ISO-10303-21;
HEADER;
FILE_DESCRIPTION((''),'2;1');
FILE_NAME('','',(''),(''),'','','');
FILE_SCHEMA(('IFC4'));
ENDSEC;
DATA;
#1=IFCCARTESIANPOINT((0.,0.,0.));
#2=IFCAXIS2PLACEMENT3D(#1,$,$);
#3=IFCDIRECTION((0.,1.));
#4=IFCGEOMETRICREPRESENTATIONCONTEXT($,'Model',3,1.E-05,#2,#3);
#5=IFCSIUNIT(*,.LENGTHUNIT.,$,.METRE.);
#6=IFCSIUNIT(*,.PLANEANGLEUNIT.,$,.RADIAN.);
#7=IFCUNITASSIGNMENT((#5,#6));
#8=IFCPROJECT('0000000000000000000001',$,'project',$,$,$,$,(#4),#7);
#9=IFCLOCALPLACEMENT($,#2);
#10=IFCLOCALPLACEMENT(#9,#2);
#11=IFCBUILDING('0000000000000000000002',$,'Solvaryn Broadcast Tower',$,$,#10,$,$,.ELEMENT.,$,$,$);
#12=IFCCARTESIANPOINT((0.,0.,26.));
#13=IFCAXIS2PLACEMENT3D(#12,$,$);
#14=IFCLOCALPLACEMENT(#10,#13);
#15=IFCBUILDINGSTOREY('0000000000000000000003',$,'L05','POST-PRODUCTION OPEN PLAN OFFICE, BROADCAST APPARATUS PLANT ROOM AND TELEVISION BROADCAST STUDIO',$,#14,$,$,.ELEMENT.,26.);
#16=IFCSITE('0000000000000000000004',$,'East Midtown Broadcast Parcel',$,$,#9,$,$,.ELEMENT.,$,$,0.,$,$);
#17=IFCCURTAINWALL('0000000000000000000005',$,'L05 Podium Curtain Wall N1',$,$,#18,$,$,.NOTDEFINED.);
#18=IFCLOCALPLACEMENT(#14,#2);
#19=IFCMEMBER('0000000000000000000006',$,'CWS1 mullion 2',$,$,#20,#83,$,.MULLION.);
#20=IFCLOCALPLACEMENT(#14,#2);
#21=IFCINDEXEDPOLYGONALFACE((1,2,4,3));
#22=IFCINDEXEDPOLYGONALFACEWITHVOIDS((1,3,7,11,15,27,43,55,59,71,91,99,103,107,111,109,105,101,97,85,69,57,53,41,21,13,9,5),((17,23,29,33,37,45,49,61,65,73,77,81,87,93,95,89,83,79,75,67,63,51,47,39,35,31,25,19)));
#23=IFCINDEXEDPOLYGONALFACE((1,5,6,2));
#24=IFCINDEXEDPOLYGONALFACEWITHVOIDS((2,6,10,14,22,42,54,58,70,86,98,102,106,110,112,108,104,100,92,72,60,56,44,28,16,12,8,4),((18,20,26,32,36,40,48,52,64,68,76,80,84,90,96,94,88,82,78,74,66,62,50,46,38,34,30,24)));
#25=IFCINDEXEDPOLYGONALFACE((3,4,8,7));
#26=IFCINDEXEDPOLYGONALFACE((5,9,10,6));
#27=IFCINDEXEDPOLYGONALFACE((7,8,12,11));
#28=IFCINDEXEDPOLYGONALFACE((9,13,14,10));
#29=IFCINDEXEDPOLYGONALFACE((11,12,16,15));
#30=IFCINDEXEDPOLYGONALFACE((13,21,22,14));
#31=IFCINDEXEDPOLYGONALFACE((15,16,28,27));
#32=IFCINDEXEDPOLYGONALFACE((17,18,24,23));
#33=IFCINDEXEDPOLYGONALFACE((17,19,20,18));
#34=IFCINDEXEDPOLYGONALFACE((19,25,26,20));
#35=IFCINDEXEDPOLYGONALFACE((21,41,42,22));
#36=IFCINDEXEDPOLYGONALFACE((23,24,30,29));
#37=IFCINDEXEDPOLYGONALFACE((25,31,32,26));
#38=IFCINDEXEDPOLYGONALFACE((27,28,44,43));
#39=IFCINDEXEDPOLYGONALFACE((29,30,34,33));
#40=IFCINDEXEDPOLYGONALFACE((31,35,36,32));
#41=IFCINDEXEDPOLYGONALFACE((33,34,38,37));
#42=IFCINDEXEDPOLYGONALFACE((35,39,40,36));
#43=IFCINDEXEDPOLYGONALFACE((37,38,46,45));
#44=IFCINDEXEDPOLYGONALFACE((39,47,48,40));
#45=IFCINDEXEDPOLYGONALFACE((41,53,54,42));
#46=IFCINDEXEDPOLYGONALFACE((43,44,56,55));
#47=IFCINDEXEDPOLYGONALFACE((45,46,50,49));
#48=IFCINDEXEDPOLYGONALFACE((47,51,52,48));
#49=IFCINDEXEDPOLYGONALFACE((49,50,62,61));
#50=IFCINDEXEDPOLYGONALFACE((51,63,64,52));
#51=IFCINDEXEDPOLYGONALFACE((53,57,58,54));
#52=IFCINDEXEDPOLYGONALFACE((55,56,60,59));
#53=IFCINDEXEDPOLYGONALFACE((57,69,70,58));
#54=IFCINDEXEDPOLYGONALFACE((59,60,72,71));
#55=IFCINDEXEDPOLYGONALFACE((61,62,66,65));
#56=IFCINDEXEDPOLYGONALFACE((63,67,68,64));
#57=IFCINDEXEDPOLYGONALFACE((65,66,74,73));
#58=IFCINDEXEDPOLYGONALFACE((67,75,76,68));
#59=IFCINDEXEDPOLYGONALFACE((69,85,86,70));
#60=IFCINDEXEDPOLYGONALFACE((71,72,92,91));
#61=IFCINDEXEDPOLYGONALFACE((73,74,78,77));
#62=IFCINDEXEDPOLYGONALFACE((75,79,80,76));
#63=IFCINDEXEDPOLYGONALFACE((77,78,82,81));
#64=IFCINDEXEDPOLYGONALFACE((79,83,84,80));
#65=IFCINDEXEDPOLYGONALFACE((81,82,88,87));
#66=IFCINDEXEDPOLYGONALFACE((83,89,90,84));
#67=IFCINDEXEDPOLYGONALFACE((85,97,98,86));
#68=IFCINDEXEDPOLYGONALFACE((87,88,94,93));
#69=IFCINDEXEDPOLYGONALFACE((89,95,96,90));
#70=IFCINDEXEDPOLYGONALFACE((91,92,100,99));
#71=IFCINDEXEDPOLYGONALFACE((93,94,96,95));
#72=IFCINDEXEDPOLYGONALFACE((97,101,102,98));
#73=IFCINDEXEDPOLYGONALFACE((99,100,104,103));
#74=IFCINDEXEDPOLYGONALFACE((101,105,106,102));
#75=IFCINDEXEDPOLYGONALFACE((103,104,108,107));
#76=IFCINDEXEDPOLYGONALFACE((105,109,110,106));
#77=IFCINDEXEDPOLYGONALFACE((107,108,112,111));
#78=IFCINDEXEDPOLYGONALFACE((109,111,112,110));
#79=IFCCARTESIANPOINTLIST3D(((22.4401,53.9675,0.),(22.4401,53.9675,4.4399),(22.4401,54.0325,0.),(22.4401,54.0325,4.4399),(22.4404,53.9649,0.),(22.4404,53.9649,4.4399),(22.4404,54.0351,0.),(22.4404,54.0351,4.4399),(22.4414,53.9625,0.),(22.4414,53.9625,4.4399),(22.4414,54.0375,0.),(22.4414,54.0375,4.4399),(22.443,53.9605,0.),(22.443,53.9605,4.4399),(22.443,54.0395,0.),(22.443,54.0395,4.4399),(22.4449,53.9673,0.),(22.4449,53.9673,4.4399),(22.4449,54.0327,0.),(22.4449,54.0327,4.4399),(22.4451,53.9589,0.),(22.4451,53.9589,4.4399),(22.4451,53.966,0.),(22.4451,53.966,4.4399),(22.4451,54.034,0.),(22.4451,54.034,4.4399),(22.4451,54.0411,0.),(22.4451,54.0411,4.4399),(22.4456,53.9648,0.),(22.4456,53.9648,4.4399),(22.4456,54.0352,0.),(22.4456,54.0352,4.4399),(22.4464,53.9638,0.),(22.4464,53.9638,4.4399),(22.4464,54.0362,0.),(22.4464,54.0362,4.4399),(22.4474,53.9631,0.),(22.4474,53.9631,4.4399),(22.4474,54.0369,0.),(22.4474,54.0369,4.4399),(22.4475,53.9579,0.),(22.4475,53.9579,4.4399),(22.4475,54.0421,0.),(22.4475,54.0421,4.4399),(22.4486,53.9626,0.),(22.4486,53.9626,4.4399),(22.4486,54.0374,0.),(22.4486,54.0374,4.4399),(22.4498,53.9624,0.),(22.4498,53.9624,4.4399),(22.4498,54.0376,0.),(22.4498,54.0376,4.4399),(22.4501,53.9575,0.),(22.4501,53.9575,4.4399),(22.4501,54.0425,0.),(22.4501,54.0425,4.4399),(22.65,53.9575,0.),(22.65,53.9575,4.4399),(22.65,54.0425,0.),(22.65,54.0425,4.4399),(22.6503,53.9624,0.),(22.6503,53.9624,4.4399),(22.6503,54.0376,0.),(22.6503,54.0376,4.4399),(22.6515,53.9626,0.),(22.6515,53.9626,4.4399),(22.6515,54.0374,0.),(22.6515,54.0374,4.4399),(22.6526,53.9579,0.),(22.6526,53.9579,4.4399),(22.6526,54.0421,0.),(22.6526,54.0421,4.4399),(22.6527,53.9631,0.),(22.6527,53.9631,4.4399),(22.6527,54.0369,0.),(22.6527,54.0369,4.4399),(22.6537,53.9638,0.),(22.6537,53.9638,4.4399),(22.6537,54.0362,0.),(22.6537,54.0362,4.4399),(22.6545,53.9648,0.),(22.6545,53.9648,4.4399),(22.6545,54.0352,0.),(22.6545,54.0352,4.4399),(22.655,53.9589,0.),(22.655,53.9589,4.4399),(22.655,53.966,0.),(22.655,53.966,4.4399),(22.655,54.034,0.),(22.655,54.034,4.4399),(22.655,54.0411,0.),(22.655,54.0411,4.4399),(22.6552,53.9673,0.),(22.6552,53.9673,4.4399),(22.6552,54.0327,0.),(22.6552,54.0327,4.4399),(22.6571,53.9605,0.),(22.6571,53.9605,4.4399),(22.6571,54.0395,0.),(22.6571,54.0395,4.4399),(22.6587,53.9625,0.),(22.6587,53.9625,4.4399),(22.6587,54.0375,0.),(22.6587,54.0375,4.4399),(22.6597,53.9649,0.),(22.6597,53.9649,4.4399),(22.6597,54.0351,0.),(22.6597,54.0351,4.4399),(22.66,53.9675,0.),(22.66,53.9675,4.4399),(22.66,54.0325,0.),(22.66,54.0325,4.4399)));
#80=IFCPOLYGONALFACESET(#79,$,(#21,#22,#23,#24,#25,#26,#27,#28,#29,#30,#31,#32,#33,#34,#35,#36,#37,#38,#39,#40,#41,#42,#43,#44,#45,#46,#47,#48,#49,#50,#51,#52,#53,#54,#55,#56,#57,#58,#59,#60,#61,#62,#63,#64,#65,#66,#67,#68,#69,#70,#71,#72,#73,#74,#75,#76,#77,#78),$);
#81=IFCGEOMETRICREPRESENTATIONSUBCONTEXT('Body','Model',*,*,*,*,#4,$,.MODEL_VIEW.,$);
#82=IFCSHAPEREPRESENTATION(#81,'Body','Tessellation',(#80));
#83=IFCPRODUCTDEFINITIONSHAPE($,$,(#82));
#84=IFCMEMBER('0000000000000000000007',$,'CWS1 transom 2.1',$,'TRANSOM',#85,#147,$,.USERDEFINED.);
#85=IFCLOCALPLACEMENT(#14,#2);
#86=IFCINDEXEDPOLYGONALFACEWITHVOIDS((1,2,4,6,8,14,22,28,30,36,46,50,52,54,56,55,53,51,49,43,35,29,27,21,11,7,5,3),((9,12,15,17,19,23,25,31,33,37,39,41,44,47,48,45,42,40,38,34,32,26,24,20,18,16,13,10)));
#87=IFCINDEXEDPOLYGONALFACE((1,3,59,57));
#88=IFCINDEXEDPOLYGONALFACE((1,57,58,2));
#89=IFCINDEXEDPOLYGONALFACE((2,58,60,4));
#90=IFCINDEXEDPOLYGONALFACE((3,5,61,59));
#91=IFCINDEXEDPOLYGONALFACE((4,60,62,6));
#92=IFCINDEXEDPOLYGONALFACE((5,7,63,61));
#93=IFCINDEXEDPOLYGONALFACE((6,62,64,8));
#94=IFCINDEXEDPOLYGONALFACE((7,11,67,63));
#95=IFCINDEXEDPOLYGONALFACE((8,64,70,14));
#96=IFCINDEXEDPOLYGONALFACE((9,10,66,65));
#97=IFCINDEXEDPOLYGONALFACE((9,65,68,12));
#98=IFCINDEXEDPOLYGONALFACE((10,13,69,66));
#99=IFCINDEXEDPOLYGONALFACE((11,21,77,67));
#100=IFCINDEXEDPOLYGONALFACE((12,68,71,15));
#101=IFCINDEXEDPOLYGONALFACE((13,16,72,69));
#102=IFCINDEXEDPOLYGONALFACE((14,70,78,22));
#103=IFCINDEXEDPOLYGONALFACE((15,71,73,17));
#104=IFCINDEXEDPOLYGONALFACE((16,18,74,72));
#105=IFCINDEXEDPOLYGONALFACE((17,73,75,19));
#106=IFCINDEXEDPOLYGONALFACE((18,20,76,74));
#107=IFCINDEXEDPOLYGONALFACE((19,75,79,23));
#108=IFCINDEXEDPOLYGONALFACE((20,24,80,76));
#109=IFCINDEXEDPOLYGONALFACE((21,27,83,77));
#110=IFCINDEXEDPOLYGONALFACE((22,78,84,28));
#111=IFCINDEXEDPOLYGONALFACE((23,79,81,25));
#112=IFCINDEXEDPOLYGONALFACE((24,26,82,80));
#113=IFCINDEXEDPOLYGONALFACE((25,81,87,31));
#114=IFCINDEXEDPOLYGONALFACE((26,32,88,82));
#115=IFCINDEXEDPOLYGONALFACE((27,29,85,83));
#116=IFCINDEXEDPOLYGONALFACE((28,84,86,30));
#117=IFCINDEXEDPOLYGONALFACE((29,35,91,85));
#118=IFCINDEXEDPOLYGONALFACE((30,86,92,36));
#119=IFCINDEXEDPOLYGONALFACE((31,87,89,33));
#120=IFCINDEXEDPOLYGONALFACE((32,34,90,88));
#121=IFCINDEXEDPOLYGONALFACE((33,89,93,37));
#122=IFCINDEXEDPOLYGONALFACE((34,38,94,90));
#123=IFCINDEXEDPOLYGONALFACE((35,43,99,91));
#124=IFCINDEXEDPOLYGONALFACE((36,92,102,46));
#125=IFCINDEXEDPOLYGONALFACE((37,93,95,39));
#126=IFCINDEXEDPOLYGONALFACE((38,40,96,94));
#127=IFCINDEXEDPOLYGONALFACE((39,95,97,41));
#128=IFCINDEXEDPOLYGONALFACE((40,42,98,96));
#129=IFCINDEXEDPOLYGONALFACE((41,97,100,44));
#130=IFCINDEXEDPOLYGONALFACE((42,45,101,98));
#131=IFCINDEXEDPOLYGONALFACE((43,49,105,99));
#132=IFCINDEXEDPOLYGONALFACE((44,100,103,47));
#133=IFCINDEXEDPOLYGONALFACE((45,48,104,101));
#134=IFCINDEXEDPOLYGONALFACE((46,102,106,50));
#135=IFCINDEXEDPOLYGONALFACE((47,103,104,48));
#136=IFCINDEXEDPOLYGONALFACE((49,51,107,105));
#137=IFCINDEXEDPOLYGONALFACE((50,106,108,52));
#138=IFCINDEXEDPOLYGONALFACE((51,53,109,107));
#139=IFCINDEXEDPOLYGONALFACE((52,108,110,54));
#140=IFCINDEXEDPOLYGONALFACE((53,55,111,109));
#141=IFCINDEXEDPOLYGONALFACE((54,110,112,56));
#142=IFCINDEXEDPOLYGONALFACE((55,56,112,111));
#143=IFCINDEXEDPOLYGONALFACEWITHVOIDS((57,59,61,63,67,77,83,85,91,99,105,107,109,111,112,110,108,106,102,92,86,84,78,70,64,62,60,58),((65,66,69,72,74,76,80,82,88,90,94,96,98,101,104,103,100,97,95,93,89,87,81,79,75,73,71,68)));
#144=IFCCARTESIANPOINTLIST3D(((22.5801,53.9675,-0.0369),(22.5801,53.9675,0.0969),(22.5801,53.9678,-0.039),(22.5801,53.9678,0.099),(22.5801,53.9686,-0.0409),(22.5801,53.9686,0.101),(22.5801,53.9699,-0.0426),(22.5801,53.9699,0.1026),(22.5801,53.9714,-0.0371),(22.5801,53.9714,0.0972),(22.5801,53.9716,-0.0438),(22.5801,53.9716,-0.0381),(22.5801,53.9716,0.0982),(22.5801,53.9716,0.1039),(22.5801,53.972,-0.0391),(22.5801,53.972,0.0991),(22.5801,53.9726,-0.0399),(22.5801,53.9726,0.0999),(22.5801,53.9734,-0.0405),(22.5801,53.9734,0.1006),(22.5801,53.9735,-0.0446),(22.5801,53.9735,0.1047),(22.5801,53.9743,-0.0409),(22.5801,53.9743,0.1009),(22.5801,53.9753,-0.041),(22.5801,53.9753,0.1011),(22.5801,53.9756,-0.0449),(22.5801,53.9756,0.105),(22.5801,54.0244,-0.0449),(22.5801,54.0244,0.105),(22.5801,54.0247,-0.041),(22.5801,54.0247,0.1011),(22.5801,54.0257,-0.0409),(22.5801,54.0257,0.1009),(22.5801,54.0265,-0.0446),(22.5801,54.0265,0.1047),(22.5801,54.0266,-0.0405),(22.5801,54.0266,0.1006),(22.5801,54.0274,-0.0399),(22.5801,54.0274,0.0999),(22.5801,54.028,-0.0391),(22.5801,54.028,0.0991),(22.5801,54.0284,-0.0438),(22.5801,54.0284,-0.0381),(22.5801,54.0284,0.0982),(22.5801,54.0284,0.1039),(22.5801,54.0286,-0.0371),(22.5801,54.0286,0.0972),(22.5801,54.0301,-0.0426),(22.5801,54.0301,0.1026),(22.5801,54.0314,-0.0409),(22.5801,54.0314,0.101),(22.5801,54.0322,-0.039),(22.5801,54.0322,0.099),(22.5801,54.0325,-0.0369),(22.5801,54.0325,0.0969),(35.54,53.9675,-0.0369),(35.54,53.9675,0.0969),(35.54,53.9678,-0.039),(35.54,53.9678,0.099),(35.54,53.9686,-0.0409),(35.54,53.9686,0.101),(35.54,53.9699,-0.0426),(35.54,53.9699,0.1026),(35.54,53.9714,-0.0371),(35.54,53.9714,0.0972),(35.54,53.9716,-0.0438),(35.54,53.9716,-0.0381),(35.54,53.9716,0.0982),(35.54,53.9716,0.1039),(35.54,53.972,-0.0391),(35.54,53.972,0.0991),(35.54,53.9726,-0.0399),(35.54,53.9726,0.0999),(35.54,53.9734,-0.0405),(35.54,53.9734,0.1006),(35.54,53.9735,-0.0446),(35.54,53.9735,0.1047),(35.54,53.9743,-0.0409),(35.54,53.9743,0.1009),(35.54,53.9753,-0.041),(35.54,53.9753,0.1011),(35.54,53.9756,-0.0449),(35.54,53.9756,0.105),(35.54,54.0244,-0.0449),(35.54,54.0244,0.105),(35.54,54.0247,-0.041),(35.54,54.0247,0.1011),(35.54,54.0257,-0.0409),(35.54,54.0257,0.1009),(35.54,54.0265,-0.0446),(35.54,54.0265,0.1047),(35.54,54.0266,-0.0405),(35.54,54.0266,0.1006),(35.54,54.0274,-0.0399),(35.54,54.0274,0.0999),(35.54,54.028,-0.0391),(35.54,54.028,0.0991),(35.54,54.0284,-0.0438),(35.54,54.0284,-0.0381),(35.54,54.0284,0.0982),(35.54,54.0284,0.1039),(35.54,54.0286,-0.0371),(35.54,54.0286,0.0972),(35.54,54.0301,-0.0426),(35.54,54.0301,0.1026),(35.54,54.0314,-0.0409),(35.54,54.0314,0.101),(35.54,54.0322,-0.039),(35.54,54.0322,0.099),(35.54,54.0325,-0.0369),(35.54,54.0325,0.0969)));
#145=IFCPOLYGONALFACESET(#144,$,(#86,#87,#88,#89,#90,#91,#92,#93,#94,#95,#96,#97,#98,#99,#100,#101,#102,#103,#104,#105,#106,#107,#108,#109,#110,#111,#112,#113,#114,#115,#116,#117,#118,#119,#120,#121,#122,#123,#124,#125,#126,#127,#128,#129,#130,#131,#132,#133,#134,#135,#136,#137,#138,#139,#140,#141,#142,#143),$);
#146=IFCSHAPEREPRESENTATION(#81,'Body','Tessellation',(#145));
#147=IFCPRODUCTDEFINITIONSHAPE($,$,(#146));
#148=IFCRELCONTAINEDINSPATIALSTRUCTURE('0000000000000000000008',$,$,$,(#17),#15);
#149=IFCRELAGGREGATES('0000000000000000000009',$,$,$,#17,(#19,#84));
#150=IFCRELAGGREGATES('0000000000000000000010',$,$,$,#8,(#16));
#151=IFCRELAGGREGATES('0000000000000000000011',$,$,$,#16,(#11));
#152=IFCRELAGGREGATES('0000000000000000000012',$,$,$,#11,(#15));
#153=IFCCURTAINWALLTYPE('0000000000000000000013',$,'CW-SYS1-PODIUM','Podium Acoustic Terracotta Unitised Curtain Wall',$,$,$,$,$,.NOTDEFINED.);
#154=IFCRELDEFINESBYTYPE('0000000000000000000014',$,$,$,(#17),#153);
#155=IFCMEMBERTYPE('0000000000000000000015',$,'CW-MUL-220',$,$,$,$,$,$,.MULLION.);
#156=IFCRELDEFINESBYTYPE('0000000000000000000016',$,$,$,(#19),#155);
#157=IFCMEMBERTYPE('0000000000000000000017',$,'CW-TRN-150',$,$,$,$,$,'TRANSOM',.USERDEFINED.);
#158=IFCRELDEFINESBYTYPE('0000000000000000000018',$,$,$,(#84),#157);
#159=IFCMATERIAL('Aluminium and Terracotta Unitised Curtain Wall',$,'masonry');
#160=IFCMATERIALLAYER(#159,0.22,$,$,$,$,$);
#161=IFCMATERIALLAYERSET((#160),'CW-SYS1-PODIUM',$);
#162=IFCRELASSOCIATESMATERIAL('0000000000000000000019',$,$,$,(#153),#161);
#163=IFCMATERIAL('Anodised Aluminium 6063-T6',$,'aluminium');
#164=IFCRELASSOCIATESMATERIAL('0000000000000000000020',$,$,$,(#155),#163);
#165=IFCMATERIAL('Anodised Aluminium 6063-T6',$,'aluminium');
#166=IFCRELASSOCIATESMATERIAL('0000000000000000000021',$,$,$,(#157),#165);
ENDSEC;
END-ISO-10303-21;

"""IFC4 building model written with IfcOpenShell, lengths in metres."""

from ifc_helpers import new_model, si_unit, direction, frame, origin, origin_2d, place, context, subcontext, project, spatial, hollow_rectangle, extrude, material, layer, layer_set, material_profile, profile_set, type_object, element, aggregate, save


model = new_model("IFC4")

# Units and contexts
model_context = context("Model", 3, precision=1e-05, world=origin(), true_north=direction((0.0, 1.0)))
body_context = subcontext(model_context, "Body", "Model", "MODEL_VIEW")
ifc_project = project(units=[si_unit("LENGTHUNIT", "METRE"), si_unit("PLANEANGLEUNIT", "RADIAN")], contexts=[model_context])

# Site, building, storey
site_placement = place(None, origin())
site = spatial("IfcSite", under=ifc_project, at=site_placement, Name="East Midtown Broadcast Parcel", CompositionType="ELEMENT", RefElevation=0.0)
building_placement = place(site_placement, origin())
building = spatial("IfcBuilding", under=site, at=building_placement, Name="Solvaryn Broadcast Tower", CompositionType="ELEMENT")
storey_placement = place(building_placement, frame((0.0, 0.0, 26.0)))
storey = spatial("IfcBuildingStorey", under=building, at=storey_placement, Name="L05", Description="POST-PRODUCTION OPEN PLAN OFFICE, BROADCAST APPARATUS PLANT ROOM AND TELEVISION BROADCAST STUDIO", CompositionType="ELEMENT", Elevation=26.0)

# Curtain wall, members
ifc_material_1 = material(Name="Aluminium and Terracotta Unitised Curtain Wall", Category="masonry")
ifc_layer_1 = layer(ifc_material_1, 0.22)
ifc_layer_set_1 = layer_set([ifc_layer_1], Name="CW-SYS1-PODIUM")
curtain_wall_type = type_object("IfcCurtainWallType", Name="CW-SYS1-PODIUM", Description="Podium Acoustic Terracotta Unitised Curtain Wall", PredefinedType="NOTDEFINED", material=ifc_layer_set_1)
curtain_wall_placement = place(storey_placement, origin())
curtain_wall = element("IfcCurtainWall", 1, at=curtain_wall_placement, inside=storey, type_object=curtain_wall_type, Name="L05 Podium Curtain Wall N1", PredefinedType="NOTDEFINED")
ifc_material_2 = material(Name="Anodised Aluminium 6063-T6", Category="aluminium")
ifc_material_profile_1 = material_profile(ifc_material_2, hollow_rectangle(XDim=0.085, YDim=0.22, WallThickness=0.0049, InnerFilletRadius=0.0049, OuterFilletRadius=0.01, at=origin_2d()))
ifc_profile_set_1 = profile_set([ifc_material_profile_1], Name="Anodised Aluminium 6063-T6")
member_type_1 = type_object("IfcMemberType", Name="CW-MUL-220", PredefinedType="MULLION", material=ifc_profile_set_1)
member_1_placement = place(storey_placement, frame((22.55, 54.0, 0.0), z_axis=(0.0, 0.0, 1.0), x_axis=(0.0, 1.0, 0.0)))
member_1 = element("IfcMember", 2, at=member_1_placement, type_object=member_type_1, Name="CWS1 mullion 2", PredefinedType="MULLION", context=body_context, shape_type="SweptSolid", body=[
    extrude(hollow_rectangle(XDim=0.085, YDim=0.22, WallThickness=0.0049, InnerFilletRadius=0.0049, OuterFilletRadius=0.01, at=origin_2d()), origin(), (0.0, 0.0, 1.0), 4.4399),
])
ifc_material_3 = material(Name="Anodised Aluminium 6063-T6", Category="aluminium")
ifc_material_profile_2 = material_profile(ifc_material_3, hollow_rectangle(XDim=0.0649, YDim=0.1499, WallThickness=0.0039, InnerFilletRadius=0.0039, OuterFilletRadius=0.0081, at=origin_2d()))
ifc_profile_set_2 = profile_set([ifc_material_profile_2], Name="Anodised Aluminium 6063-T6")
member_type_2 = type_object("IfcMemberType", Name="CW-TRN-150", ElementType="TRANSOM", PredefinedType="USERDEFINED", material=ifc_profile_set_2)
member_2_placement = place(storey_placement, frame((22.5801, 54.0, 0.03), z_axis=(1.0, 0.0, 0.0), x_axis=(0.0, 1.0, 0.0)))
member_2 = element("IfcMember", 3, at=member_2_placement, type_object=member_type_2, Name="CWS1 transom 2.1", ObjectType="TRANSOM", PredefinedType="USERDEFINED", context=body_context, shape_type="SweptSolid", body=[
    extrude(hollow_rectangle(XDim=0.0649, YDim=0.1499, WallThickness=0.0039, InnerFilletRadius=0.0039, OuterFilletRadius=0.0081, at=origin_2d()), origin(), (0.0, 0.0, 1.0), 12.96),
])
aggregate(curtain_wall, [member_1, member_2])

save(model, "model.ifc")
